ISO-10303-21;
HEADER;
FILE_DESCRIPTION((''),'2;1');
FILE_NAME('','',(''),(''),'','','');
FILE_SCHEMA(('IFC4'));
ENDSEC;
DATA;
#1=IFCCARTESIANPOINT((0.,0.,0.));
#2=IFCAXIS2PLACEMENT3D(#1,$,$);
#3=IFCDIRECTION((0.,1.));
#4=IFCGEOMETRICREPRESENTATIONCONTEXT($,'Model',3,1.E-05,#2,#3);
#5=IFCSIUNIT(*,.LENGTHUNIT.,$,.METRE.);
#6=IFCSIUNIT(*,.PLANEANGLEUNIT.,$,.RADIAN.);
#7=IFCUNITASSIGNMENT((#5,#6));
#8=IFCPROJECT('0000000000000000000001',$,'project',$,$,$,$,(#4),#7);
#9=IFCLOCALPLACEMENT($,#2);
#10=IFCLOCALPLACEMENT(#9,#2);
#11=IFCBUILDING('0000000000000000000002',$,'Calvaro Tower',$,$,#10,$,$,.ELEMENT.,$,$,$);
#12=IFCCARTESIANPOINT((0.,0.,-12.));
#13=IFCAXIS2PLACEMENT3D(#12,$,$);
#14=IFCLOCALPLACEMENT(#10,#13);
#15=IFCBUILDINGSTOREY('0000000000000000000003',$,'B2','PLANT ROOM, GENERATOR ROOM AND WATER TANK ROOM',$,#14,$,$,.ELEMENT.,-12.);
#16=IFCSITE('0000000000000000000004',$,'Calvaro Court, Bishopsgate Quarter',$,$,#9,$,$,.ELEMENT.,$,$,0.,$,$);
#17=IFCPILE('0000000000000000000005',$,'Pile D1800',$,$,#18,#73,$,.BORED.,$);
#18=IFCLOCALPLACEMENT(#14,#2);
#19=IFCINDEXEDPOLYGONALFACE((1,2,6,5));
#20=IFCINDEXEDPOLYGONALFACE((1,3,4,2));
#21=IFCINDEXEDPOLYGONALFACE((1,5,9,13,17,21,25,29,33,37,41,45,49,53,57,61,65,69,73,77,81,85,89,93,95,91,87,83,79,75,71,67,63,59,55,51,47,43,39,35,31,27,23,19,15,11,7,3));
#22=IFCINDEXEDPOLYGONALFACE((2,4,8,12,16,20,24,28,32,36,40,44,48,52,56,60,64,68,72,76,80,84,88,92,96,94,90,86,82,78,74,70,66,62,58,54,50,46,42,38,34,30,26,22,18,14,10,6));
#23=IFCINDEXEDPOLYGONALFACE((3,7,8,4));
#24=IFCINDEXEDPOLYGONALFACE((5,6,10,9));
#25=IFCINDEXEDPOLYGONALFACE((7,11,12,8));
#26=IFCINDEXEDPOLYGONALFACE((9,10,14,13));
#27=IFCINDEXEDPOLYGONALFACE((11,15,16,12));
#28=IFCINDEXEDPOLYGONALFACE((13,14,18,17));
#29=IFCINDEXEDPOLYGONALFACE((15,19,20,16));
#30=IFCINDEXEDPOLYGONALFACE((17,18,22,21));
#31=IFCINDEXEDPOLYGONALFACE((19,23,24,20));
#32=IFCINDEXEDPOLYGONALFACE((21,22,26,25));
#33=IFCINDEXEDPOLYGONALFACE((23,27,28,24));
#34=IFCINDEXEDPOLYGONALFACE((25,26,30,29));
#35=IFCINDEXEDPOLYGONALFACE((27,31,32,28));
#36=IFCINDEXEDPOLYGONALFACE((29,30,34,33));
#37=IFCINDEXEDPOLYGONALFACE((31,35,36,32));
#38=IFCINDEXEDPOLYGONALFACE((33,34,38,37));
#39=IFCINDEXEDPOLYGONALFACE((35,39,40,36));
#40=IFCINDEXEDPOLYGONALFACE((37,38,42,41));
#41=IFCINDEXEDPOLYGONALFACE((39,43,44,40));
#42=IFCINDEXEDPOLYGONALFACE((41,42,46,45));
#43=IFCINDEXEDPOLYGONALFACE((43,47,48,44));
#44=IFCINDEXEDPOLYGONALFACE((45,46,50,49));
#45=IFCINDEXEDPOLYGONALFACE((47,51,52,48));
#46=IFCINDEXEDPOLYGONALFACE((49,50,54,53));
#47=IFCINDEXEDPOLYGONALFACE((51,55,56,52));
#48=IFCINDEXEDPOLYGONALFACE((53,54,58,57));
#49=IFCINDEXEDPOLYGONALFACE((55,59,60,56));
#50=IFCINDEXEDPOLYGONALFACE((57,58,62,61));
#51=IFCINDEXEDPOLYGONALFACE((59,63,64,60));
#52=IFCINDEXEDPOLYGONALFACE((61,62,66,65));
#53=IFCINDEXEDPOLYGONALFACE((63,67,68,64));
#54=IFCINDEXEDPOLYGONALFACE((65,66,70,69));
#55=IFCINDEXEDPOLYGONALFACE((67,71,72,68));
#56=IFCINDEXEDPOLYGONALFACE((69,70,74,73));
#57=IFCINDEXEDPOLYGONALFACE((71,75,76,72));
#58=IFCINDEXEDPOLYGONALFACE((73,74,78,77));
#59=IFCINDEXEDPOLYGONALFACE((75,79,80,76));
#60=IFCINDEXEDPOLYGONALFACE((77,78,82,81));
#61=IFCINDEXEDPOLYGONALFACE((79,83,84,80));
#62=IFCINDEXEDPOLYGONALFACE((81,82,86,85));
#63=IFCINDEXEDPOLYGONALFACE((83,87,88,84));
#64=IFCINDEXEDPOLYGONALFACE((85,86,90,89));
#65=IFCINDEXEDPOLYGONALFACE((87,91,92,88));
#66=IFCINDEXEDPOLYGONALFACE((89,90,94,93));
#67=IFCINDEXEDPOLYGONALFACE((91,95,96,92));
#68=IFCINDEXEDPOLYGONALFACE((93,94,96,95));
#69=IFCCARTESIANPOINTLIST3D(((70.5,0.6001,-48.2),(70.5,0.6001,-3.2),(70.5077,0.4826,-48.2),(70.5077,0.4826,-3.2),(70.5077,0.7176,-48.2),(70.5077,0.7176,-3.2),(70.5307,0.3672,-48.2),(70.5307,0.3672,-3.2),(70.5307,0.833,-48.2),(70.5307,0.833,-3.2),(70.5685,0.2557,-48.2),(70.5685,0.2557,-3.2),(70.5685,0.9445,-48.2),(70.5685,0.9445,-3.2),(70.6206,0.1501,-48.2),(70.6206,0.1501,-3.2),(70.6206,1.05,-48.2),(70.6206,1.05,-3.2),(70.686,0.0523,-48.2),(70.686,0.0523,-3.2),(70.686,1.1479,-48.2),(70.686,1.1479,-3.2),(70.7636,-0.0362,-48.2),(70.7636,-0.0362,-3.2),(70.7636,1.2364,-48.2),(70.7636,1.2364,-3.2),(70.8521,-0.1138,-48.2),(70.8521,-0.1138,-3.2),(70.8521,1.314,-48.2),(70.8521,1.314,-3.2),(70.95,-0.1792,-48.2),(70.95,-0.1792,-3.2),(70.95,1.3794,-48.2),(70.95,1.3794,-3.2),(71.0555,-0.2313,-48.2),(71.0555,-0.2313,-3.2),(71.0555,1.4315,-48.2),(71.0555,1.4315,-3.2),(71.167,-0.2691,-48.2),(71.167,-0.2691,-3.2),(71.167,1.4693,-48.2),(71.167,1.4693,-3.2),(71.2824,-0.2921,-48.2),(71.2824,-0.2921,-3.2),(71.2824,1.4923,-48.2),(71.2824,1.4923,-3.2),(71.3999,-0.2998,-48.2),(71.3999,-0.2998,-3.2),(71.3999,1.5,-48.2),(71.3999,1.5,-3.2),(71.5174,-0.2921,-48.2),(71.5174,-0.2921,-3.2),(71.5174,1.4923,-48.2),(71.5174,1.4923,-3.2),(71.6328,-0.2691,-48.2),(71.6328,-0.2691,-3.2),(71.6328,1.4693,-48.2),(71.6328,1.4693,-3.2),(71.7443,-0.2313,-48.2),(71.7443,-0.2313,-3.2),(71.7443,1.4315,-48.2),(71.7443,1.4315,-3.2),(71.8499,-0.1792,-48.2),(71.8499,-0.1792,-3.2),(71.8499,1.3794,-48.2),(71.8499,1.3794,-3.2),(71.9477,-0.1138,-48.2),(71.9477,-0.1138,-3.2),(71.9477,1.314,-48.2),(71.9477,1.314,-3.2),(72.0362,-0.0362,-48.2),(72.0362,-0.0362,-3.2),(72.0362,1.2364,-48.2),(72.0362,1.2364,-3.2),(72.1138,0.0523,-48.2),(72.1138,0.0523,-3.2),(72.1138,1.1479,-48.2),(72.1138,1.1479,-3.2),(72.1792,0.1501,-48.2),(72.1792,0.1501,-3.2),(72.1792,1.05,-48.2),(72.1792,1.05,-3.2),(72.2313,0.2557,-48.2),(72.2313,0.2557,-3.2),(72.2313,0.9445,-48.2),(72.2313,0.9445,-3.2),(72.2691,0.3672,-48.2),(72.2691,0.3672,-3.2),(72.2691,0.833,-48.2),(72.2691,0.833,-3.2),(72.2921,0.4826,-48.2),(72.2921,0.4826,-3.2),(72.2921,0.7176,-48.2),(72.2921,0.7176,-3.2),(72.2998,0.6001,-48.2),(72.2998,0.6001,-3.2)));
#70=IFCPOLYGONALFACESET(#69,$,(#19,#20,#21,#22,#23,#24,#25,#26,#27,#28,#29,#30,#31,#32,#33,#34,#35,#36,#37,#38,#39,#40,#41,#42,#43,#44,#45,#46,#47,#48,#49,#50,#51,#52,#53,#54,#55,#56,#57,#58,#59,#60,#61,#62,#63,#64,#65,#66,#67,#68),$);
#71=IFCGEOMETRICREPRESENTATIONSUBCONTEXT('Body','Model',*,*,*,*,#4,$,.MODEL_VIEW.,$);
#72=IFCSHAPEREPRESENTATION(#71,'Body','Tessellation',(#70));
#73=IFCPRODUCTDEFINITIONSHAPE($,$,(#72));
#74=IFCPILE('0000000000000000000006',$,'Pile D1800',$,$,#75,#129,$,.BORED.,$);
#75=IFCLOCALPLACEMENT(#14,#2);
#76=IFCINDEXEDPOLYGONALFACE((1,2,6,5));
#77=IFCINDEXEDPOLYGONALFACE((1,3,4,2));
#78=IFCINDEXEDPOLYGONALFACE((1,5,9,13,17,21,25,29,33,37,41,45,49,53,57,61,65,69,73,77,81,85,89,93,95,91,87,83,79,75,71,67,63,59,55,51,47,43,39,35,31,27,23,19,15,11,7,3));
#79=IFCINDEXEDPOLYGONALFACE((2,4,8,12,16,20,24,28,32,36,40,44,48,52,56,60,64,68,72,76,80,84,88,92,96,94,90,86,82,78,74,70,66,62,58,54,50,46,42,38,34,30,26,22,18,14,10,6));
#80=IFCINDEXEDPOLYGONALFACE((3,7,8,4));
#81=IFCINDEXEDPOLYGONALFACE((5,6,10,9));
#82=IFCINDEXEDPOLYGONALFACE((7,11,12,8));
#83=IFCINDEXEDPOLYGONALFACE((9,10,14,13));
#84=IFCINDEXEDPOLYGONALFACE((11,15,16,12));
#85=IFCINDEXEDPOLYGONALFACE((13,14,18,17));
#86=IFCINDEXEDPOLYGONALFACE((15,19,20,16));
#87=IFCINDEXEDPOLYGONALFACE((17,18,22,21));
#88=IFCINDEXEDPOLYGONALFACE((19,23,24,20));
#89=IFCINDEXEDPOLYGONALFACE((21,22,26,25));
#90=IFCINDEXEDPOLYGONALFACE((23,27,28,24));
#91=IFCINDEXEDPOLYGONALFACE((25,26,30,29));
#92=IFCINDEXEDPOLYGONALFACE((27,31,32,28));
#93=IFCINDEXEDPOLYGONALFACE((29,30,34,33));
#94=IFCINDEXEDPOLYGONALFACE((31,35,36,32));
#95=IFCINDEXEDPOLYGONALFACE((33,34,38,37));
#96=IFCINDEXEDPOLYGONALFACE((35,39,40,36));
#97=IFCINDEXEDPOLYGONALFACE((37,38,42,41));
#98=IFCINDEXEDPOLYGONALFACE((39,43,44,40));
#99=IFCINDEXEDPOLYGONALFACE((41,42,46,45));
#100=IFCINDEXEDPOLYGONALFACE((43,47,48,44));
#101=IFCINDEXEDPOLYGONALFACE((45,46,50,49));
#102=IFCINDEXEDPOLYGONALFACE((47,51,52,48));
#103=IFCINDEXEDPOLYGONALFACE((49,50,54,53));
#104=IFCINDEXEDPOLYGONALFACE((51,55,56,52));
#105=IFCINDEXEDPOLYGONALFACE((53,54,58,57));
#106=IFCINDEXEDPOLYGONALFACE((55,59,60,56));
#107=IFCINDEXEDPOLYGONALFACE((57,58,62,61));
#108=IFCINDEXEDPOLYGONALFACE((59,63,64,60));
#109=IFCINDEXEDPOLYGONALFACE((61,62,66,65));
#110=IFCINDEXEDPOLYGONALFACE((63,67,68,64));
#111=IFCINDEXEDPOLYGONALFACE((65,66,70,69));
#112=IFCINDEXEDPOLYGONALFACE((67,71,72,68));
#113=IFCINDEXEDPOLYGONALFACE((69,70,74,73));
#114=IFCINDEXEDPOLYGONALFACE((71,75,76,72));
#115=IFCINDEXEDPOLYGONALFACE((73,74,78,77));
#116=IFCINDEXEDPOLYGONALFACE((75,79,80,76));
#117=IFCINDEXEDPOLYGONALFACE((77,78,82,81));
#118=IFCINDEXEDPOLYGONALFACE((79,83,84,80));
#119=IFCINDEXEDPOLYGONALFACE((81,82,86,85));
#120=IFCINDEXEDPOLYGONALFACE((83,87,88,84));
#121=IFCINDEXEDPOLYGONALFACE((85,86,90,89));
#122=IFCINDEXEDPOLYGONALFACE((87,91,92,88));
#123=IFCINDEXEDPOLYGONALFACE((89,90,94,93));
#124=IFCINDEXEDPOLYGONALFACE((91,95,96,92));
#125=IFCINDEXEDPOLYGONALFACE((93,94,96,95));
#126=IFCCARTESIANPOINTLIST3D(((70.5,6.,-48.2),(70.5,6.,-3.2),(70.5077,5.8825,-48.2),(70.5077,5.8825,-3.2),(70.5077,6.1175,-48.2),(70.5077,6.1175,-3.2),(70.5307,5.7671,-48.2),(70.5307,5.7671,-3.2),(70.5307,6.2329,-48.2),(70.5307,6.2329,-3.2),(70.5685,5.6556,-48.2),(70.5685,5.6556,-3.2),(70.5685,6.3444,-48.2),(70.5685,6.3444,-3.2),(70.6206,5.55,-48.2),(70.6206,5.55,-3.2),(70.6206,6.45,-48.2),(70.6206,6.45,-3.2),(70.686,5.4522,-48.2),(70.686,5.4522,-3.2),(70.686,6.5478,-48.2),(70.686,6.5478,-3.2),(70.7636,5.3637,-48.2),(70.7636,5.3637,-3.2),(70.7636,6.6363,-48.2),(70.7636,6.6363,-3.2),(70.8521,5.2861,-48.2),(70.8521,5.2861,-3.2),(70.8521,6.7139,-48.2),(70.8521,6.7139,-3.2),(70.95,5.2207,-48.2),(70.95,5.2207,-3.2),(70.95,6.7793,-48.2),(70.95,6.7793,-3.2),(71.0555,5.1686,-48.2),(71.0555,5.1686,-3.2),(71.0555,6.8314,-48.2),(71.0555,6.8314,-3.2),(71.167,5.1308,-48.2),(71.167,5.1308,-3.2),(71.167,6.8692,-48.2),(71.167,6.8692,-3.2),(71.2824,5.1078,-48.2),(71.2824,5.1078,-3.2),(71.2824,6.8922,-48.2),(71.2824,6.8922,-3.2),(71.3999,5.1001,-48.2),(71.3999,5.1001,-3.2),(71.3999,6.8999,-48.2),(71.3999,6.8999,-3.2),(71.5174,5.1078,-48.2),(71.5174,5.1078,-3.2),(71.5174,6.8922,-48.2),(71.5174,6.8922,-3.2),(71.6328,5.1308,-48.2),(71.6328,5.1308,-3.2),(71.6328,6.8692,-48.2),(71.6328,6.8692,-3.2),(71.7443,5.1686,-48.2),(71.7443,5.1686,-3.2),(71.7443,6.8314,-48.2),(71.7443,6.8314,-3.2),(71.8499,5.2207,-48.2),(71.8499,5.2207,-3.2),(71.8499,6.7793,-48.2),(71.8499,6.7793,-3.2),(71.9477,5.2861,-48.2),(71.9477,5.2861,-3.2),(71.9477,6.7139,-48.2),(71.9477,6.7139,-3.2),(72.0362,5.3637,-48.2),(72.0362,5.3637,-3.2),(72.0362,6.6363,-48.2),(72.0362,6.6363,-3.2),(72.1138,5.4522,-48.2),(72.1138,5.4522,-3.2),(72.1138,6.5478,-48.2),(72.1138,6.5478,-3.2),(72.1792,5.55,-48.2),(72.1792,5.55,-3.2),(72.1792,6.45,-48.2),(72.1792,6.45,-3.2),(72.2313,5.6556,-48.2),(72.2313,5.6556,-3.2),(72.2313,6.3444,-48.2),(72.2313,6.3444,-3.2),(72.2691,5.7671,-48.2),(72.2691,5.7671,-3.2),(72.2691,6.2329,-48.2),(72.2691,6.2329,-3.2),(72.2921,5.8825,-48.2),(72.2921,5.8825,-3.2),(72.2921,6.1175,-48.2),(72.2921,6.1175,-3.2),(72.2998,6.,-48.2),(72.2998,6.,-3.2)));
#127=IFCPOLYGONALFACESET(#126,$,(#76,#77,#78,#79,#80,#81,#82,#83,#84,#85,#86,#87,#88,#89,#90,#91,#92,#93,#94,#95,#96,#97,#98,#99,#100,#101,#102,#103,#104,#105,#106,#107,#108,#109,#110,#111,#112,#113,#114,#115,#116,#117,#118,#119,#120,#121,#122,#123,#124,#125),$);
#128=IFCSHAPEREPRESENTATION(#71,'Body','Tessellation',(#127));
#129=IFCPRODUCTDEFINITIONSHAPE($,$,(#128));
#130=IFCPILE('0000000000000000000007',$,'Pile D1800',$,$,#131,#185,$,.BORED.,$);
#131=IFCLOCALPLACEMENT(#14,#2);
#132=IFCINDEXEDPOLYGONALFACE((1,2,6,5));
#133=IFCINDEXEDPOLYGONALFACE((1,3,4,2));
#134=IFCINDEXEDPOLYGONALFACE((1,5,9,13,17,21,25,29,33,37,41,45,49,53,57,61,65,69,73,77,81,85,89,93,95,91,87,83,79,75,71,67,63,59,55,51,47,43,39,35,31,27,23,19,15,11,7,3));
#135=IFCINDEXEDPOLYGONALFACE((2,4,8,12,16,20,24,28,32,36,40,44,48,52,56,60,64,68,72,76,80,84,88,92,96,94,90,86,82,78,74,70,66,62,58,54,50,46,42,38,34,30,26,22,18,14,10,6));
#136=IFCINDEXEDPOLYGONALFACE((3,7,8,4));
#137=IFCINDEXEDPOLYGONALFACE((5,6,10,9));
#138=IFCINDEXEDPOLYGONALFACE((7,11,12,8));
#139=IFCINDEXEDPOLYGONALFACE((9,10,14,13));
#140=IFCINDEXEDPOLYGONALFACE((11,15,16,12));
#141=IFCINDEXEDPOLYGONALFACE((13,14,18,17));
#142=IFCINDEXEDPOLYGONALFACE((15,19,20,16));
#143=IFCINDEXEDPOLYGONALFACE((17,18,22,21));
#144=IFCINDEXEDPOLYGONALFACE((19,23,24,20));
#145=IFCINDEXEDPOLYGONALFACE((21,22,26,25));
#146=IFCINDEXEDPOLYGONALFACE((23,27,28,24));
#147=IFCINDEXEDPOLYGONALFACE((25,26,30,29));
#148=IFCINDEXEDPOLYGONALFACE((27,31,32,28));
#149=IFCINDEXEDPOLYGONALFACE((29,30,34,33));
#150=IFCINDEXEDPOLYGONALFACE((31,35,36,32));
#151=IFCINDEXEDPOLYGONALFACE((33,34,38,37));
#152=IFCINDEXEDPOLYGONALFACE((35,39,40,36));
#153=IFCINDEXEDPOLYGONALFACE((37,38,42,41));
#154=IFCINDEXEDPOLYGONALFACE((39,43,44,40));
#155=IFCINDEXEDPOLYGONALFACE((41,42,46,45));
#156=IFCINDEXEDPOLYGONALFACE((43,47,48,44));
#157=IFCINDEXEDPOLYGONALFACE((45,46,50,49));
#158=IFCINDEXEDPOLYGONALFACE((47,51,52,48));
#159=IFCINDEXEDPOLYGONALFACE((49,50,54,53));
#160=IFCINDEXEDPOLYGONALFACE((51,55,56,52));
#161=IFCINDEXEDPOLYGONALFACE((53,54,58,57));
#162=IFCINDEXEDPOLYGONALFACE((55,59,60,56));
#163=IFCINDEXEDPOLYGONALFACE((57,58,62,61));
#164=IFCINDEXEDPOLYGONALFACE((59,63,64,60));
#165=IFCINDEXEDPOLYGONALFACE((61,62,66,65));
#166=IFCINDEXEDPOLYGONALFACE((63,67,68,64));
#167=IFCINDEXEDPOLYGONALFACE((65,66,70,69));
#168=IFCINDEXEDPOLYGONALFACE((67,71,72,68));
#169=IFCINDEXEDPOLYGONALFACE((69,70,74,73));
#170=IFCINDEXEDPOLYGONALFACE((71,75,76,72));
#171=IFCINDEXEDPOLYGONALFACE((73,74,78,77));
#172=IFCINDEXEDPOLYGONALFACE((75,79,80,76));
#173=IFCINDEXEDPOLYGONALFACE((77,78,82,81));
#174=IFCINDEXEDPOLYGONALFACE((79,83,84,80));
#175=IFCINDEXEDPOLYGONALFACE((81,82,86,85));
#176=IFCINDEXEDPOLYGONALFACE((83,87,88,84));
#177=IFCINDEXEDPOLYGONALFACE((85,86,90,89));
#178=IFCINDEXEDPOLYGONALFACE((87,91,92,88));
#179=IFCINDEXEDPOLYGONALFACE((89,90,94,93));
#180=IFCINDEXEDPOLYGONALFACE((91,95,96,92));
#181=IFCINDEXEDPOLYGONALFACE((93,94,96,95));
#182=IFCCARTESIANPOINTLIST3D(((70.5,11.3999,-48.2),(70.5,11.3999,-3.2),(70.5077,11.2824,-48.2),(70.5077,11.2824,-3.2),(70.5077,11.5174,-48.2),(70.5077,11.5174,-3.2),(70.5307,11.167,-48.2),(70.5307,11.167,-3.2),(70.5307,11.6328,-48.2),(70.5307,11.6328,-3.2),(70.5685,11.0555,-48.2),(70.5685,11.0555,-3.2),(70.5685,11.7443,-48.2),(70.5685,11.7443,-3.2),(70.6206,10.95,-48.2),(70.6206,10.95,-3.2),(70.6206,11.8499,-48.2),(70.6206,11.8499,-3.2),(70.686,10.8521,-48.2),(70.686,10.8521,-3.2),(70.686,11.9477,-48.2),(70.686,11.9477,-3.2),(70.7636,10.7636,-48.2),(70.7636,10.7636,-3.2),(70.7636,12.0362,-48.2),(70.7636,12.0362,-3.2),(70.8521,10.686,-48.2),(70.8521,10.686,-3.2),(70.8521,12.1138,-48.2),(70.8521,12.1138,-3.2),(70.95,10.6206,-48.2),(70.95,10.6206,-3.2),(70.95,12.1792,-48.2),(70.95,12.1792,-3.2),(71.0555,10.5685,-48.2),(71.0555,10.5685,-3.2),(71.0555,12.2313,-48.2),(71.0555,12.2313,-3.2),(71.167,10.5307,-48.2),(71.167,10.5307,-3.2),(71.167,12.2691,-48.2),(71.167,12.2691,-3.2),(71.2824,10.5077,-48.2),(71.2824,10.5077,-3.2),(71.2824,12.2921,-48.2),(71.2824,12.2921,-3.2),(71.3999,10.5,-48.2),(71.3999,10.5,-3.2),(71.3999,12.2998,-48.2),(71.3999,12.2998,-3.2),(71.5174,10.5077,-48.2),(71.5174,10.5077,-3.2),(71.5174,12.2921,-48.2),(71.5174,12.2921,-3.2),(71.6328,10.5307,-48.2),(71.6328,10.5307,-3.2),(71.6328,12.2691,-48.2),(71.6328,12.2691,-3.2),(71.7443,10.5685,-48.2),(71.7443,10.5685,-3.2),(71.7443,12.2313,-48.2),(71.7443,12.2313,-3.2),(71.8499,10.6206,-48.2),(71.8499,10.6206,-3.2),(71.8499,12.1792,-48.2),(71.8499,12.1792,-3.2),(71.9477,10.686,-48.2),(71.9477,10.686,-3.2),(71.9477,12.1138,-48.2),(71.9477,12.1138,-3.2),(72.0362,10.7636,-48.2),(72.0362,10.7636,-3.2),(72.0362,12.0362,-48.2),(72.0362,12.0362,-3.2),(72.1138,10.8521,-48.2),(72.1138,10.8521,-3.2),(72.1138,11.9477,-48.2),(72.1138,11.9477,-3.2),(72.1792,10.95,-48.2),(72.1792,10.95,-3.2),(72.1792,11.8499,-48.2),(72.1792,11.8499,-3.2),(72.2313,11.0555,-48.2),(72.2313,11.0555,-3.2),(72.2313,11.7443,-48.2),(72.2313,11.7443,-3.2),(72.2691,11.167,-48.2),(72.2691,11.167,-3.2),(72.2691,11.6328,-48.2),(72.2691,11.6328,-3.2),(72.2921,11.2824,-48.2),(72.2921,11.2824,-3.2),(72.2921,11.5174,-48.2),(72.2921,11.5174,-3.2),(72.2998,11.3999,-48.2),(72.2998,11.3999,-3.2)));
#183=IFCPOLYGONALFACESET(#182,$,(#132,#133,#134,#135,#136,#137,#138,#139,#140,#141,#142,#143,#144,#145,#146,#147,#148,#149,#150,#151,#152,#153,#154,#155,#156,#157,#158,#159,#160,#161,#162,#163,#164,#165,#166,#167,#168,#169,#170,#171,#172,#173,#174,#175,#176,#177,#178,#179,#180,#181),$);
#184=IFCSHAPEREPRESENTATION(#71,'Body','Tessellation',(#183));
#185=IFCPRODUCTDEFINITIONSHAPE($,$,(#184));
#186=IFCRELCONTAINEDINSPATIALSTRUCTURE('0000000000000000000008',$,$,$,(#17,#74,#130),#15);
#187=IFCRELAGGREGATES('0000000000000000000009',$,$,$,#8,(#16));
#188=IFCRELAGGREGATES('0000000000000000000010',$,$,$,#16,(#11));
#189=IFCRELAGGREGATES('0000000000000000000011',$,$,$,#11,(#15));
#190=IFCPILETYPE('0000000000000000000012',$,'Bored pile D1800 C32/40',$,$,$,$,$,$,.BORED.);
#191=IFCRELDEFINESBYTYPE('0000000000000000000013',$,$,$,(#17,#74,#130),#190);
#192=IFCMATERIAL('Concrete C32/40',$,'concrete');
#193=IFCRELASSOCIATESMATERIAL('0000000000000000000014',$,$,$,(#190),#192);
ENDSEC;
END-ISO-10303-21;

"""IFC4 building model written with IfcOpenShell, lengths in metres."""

from ifc_helpers import new_model, si_unit, direction, frame, origin, origin_2d, place, context, subcontext, project, spatial, circle, extrude, material, material_profile, profile_set, type_object, element, save


model = new_model("IFC4")

# Units and contexts
model_context = context("Model", 3, precision=1e-05, world=origin(), true_north=direction((0.0, 1.0)))
body_context = subcontext(model_context, "Body", "Model", "MODEL_VIEW")
ifc_project = project(units=[si_unit("LENGTHUNIT", "METRE"), si_unit("PLANEANGLEUNIT", "RADIAN")], contexts=[model_context])

# Site, building, storey
site_placement = place(None, origin())
site = spatial("IfcSite", under=ifc_project, at=site_placement, Name="Calvaro Court, Bishopsgate Quarter", CompositionType="ELEMENT", RefElevation=0.0)
building_placement = place(site_placement, origin())
building = spatial("IfcBuilding", under=site, at=building_placement, Name="Calvaro Tower", CompositionType="ELEMENT")
storey_placement = place(building_placement, frame((0.0, 0.0, -12.0)))
storey = spatial("IfcBuildingStorey", under=building, at=storey_placement, Name="B2", Description="PLANT ROOM, GENERATOR ROOM AND WATER TANK ROOM", CompositionType="ELEMENT", Elevation=-12.0)

# Piles
ifc_material_1 = material(Name="Concrete C32/40", Category="concrete")
ifc_material_profile_1 = material_profile(ifc_material_1, circle(Radius=0.8999, at=origin_2d()), Name="Bored pile D1800")
ifc_profile_set_1 = profile_set([ifc_material_profile_1], Name="Concrete C32/40")
pile_type = type_object("IfcPileType", Name="Bored pile D1800 C32/40", PredefinedType="BORED", material=ifc_profile_set_1)
for number, where, z_axis, x_axis, name in (
    (1, (71.3999, 0.6001, -3.2), (0.0, 0.0, -1.0), (1.0, 0.0, 0.0), "Pile D1800"),
    (2, (71.3999, 6.0, -3.2), (0.0, 0.0, -1.0), (1.0, 0.0, 0.0), "Pile D1800"),
    (3, (71.3999, 11.3999, -3.2), (0.0, 0.0, -1.0), (1.0, 0.0, 0.0), "Pile D1800"),
):
    element("IfcPile", number, at=place(storey_placement, frame(where, z_axis=z_axis, x_axis=x_axis)), inside=storey, type_object=pile_type, Name=name, PredefinedType="BORED", context=body_context, shape_type="SweptSolid", body=[
        extrude(circle(Radius=0.8999, at=origin_2d()), origin(), (0.0, 0.0, 1.0), 45.0),
    ])

save(model, "model.ifc")
